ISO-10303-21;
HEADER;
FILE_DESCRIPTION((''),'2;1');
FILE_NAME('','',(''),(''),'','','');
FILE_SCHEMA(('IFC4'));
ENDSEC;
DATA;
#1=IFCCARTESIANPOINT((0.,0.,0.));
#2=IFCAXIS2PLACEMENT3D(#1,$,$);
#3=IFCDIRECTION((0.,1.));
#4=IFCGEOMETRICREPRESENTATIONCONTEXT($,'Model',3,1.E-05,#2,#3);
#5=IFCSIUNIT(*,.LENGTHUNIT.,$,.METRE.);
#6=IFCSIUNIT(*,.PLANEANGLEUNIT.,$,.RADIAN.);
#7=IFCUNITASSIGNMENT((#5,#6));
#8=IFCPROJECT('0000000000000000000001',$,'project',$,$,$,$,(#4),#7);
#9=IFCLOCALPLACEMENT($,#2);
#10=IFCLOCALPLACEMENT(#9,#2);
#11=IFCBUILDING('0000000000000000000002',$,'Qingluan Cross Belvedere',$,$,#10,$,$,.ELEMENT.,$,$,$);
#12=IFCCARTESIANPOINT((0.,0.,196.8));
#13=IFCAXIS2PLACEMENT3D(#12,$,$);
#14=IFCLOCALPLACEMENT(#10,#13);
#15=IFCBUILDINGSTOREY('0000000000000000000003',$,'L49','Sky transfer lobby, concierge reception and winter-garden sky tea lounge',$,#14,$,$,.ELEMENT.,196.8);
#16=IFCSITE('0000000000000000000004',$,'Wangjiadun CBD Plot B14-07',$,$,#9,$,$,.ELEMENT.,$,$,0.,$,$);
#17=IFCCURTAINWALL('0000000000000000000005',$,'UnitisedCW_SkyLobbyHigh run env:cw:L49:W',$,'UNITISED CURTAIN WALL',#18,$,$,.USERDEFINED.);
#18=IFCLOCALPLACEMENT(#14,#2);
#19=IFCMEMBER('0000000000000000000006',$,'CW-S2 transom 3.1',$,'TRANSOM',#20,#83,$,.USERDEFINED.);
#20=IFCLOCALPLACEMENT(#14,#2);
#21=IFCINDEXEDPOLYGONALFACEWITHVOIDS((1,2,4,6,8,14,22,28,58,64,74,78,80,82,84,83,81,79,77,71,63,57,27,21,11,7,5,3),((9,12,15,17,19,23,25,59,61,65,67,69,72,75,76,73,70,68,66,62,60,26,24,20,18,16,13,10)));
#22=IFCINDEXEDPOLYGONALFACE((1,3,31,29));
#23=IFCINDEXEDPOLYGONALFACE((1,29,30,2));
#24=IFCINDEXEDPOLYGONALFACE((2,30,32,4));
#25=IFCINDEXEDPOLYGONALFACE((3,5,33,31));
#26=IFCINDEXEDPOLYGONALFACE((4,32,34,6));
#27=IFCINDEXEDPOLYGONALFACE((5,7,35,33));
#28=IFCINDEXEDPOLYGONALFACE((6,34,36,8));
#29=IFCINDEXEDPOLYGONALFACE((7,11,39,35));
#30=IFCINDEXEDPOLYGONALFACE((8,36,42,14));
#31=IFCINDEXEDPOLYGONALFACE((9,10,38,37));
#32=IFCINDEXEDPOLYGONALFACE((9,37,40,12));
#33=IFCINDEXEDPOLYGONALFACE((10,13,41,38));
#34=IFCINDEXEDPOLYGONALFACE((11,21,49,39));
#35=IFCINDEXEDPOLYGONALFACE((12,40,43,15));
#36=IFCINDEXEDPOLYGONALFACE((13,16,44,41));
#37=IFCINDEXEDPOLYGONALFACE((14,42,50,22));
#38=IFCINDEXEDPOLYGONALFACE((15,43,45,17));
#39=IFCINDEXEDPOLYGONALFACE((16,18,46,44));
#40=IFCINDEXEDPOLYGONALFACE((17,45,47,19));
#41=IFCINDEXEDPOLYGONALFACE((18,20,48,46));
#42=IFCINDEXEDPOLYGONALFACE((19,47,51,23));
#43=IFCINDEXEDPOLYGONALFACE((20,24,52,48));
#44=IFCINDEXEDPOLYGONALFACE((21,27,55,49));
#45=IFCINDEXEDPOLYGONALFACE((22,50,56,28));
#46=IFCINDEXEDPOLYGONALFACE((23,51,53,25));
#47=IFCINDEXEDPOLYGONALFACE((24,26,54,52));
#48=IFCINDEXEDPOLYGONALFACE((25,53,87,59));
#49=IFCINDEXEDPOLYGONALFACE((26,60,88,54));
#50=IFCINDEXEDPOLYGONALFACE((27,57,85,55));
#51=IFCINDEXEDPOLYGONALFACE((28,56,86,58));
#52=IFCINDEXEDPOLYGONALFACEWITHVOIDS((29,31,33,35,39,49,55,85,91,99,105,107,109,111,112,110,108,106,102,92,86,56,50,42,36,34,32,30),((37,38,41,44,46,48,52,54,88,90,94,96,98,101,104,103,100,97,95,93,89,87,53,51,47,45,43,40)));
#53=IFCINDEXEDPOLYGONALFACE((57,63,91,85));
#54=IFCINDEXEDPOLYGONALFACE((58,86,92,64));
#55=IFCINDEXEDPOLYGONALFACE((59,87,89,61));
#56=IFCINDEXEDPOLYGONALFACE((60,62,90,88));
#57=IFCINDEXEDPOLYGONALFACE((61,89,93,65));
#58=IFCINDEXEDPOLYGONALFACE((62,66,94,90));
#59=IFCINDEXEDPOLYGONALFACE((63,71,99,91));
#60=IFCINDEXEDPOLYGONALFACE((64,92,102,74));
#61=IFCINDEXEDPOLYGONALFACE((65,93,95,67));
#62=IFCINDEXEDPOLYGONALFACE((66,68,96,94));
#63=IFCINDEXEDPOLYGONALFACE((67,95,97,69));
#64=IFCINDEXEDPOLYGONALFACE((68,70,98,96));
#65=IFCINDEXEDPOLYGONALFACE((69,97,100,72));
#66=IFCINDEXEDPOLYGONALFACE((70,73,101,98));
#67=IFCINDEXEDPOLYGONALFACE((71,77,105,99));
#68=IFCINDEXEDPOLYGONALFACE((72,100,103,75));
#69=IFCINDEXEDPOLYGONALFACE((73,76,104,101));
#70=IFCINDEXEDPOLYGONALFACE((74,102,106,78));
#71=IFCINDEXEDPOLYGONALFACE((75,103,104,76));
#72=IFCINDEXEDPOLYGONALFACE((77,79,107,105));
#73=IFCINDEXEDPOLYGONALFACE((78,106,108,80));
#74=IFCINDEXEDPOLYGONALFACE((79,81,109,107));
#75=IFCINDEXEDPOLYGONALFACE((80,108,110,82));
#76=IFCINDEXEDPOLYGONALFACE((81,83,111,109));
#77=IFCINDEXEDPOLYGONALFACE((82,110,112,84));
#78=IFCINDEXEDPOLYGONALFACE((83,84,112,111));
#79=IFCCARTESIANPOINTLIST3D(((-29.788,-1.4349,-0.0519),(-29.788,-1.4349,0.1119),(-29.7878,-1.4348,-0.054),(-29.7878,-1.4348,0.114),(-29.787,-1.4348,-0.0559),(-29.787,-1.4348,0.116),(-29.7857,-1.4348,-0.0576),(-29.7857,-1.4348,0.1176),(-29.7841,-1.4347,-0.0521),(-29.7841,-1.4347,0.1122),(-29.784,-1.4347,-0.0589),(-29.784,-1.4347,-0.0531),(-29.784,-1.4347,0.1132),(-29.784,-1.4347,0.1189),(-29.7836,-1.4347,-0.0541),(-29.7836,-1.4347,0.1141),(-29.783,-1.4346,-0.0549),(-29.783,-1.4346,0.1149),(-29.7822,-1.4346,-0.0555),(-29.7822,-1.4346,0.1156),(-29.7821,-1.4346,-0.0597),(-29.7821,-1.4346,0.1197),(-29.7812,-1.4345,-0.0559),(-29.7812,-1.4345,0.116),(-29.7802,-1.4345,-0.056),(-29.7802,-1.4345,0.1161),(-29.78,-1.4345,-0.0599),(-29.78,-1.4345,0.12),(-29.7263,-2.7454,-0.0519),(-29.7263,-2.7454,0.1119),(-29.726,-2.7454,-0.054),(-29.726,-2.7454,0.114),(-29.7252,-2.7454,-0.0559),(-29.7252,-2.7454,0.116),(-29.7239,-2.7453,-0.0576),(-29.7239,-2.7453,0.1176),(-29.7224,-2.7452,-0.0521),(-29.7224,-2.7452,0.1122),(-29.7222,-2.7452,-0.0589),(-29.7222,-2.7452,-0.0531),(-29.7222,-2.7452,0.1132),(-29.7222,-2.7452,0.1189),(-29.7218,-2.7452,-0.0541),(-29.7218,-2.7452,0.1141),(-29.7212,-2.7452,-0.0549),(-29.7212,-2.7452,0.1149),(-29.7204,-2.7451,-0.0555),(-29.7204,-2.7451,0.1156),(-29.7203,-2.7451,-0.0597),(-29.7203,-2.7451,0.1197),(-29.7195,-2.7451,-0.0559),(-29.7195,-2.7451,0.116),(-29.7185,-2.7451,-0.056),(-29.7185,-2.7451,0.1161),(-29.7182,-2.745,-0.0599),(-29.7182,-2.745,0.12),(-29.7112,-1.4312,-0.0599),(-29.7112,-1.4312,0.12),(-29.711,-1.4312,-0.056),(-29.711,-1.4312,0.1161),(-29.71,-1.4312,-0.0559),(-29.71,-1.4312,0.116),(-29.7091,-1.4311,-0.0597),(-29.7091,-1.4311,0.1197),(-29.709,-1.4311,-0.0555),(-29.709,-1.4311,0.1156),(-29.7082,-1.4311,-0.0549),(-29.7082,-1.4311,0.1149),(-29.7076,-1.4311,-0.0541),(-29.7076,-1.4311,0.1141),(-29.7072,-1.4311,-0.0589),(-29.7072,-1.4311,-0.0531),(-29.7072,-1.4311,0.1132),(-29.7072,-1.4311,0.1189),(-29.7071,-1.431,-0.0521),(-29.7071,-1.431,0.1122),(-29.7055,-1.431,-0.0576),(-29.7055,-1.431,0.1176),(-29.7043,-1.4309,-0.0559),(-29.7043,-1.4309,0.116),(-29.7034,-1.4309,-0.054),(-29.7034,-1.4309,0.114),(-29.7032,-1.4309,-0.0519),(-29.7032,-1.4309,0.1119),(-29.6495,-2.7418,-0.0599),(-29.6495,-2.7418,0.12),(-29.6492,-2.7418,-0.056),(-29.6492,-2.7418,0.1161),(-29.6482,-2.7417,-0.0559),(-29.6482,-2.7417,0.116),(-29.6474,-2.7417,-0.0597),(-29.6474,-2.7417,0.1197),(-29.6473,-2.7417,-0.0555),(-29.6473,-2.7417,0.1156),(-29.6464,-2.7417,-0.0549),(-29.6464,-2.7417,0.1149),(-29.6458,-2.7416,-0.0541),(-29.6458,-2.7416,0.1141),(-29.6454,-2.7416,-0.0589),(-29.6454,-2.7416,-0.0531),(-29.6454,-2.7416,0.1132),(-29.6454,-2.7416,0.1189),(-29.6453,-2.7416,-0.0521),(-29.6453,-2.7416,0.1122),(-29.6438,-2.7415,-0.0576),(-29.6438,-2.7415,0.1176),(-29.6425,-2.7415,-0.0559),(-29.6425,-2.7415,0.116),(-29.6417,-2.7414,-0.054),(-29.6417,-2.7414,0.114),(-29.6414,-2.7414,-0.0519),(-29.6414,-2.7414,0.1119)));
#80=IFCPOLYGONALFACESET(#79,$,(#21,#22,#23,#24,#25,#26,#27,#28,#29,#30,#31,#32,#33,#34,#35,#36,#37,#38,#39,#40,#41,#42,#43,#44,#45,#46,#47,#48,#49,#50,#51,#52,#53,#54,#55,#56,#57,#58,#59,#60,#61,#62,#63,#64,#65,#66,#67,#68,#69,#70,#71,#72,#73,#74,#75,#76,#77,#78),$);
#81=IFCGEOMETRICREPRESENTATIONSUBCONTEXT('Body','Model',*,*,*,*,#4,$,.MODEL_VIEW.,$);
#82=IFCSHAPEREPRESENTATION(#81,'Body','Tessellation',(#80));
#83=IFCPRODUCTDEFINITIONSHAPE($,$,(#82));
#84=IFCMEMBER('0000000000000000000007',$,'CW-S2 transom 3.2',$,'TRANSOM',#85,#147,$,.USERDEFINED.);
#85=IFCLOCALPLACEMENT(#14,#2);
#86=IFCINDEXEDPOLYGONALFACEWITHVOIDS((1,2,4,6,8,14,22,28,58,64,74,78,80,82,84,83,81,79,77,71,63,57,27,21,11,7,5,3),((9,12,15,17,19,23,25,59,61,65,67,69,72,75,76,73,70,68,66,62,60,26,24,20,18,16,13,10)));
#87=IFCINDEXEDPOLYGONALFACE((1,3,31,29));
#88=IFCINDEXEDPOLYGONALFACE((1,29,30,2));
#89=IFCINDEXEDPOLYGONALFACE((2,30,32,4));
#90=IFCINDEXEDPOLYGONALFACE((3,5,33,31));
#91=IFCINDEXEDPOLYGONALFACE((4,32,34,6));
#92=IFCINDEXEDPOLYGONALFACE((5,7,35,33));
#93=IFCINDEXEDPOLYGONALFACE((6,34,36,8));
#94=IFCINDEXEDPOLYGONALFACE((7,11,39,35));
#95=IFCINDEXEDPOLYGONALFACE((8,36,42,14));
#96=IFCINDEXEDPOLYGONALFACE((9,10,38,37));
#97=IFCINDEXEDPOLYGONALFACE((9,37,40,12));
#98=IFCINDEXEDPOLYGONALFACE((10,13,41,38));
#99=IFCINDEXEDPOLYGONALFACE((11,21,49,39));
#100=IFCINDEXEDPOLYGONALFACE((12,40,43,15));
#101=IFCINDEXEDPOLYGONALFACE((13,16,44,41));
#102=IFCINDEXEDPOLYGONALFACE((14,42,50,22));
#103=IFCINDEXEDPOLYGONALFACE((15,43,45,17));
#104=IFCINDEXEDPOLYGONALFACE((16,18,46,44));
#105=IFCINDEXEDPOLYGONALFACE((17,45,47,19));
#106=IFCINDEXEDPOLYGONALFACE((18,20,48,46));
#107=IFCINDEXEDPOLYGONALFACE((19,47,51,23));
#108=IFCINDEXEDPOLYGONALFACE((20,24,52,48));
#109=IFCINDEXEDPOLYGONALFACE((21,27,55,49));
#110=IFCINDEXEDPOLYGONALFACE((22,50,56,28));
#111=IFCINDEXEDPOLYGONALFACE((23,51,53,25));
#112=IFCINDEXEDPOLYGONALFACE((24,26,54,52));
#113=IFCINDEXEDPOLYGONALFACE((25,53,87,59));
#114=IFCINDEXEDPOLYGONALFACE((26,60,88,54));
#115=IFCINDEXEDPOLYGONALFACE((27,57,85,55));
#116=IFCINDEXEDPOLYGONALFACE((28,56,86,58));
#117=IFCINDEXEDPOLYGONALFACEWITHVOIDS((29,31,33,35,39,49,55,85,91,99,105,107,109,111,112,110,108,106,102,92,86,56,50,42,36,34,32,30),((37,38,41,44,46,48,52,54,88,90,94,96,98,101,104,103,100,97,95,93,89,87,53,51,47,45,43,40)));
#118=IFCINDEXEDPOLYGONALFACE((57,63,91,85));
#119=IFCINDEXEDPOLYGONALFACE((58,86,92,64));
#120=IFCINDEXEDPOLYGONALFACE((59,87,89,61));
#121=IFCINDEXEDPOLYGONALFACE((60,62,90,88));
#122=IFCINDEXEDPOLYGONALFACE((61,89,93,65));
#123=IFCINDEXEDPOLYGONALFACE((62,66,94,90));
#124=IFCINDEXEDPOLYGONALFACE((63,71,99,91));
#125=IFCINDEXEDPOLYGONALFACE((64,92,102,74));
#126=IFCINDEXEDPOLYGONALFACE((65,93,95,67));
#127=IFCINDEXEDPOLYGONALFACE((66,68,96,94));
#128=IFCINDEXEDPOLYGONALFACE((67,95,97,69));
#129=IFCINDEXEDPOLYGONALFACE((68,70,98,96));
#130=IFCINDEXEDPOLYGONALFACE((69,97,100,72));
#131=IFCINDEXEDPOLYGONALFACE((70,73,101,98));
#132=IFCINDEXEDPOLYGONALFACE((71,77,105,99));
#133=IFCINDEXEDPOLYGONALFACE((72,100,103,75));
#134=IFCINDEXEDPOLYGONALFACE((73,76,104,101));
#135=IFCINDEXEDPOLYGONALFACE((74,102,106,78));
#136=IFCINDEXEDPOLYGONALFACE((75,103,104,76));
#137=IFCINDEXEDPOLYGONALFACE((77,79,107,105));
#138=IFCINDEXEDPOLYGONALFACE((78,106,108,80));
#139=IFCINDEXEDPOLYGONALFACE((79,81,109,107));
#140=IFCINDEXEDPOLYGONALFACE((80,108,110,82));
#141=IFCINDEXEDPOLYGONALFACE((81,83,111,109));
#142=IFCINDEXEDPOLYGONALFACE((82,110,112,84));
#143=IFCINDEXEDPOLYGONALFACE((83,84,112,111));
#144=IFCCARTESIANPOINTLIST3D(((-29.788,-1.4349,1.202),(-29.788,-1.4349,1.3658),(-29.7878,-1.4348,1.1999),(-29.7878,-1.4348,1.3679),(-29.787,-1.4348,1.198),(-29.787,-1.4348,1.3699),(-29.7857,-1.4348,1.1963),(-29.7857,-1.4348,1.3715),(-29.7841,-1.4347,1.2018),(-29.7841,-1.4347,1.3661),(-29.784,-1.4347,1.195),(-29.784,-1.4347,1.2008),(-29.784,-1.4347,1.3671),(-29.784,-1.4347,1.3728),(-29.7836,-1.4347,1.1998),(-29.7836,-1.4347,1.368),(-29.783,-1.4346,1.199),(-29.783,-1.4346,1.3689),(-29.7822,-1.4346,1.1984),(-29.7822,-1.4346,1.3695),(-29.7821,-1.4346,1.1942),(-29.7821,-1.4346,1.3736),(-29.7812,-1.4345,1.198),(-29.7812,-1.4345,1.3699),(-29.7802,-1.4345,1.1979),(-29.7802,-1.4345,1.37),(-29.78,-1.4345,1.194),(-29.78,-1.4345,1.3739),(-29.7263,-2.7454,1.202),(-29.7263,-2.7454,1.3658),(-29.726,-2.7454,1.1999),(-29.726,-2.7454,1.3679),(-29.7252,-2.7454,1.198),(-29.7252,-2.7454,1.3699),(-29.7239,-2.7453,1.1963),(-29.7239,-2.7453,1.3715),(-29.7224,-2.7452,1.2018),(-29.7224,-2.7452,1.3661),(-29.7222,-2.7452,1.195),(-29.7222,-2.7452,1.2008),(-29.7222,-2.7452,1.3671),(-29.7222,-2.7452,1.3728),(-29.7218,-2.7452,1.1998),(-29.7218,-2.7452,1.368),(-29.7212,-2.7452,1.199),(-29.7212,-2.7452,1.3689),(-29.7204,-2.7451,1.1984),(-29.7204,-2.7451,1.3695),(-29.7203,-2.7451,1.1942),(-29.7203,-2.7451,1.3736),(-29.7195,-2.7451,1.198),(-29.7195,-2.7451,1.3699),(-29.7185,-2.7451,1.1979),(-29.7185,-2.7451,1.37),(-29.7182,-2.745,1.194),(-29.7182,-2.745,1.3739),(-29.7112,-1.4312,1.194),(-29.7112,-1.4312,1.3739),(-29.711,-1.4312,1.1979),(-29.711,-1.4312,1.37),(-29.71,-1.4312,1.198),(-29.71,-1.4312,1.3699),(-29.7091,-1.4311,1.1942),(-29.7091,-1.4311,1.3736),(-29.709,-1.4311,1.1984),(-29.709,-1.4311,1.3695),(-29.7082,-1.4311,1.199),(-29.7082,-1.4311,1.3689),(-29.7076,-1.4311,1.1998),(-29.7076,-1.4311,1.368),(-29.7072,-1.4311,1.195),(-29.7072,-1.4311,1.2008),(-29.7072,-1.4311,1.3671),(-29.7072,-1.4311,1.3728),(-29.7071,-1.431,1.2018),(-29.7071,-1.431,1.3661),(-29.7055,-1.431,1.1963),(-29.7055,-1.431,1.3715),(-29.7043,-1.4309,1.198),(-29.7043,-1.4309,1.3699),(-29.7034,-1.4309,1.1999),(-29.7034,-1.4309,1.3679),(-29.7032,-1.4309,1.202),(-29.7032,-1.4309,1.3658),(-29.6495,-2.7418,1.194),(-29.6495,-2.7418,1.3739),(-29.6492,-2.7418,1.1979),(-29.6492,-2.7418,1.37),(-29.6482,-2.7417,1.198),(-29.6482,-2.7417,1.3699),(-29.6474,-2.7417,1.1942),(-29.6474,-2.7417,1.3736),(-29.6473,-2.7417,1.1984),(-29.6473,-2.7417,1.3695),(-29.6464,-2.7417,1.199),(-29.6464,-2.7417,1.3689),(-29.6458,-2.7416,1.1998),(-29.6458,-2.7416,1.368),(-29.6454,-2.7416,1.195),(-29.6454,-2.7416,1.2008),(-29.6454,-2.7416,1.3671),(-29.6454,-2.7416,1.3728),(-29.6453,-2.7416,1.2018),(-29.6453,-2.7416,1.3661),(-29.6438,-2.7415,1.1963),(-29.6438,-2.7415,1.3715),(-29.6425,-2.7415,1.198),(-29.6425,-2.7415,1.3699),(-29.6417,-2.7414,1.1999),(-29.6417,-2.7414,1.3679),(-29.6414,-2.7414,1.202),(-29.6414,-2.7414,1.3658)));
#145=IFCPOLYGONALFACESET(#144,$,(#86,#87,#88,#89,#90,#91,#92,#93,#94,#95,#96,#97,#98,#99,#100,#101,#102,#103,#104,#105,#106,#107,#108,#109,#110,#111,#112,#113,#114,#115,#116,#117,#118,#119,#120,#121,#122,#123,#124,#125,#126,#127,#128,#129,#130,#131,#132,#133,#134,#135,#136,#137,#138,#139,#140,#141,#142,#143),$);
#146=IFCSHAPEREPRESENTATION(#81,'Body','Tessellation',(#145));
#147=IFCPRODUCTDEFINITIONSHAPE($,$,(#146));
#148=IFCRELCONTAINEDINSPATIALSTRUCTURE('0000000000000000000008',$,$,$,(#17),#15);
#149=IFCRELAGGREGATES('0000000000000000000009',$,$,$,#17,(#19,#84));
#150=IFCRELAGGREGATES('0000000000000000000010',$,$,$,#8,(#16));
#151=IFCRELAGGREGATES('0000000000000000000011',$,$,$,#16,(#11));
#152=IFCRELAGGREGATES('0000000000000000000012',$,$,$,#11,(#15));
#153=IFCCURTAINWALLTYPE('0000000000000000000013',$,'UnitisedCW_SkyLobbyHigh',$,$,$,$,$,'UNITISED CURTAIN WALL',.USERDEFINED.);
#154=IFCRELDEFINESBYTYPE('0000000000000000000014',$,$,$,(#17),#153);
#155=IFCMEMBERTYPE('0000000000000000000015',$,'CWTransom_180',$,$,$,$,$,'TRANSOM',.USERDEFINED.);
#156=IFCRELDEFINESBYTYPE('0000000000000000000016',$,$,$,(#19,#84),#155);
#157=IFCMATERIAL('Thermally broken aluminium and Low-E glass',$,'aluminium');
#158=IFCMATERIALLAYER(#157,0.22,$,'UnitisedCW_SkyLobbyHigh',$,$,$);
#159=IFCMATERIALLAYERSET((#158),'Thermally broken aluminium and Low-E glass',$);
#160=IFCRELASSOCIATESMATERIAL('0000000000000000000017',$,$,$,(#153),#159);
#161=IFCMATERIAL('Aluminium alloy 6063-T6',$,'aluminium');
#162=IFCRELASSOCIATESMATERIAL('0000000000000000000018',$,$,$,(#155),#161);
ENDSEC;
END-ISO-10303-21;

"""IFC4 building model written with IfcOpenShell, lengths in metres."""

from ifc_helpers import new_model, si_unit, direction, frame, origin, origin_2d, place, context, subcontext, project, spatial, hollow_rectangle, extrude, material, layer, layer_set, material_profile, profile_set, type_object, element, aggregate, save


model = new_model("IFC4")

# Units and contexts
model_context = context("Model", 3, precision=1e-05, world=origin(), true_north=direction((0.0, 1.0)))
body_context = subcontext(model_context, "Body", "Model", "MODEL_VIEW")
ifc_project = project(units=[si_unit("LENGTHUNIT", "METRE"), si_unit("PLANEANGLEUNIT", "RADIAN")], contexts=[model_context])

# Site, building, storey
site_placement = place(None, origin())
site = spatial("IfcSite", under=ifc_project, at=site_placement, Name="Wangjiadun CBD Plot B14-07", CompositionType="ELEMENT", RefElevation=0.0)
building_placement = place(site_placement, origin())
building = spatial("IfcBuilding", under=site, at=building_placement, Name="Qingluan Cross Belvedere", CompositionType="ELEMENT")
storey_placement = place(building_placement, frame((0.0, 0.0, 196.8)))
storey = spatial("IfcBuildingStorey", under=building, at=storey_placement, Name="L49", Description="Sky transfer lobby, concierge reception and winter-garden sky tea lounge", CompositionType="ELEMENT", Elevation=196.8)

# Curtain wall, members
ifc_material_1 = material(Name="Thermally broken aluminium and Low-E glass", Category="aluminium")
ifc_layer_1 = layer(ifc_material_1, 0.22, Name="UnitisedCW_SkyLobbyHigh")
ifc_layer_set_1 = layer_set([ifc_layer_1], Name="Thermally broken aluminium and Low-E glass")
curtain_wall_type = type_object("IfcCurtainWallType", Name="UnitisedCW_SkyLobbyHigh", ElementType="UNITISED CURTAIN WALL", PredefinedType="USERDEFINED", material=ifc_layer_set_1)
curtain_wall_placement = place(storey_placement, origin())
curtain_wall = element("IfcCurtainWall", 1, at=curtain_wall_placement, inside=storey, type_object=curtain_wall_type, Name="UnitisedCW_SkyLobbyHigh run env:cw:L49:W", ObjectType="UNITISED CURTAIN WALL", PredefinedType="USERDEFINED")
ifc_material_2 = material(Name="Aluminium alloy 6063-T6", Category="aluminium")
ifc_material_profile_1 = material_profile(ifc_material_2, hollow_rectangle(XDim=0.085, YDim=0.1799, WallThickness=0.0039, InnerFilletRadius=0.0039, OuterFilletRadius=0.0081, at=origin_2d()), Name="CWT180x85x4")
ifc_profile_set_1 = profile_set([ifc_material_profile_1], Name="Aluminium alloy 6063-T6")
member_type_1 = type_object("IfcMemberType", Name="CWTransom_180", ElementType="TRANSOM", PredefinedType="USERDEFINED", material=ifc_profile_set_1)
member_1_placement = place(storey_placement, frame((-29.7456, -1.4329, 0.03), z_axis=(0.047079, -0.998891, 0.0), x_axis=(0.998891, 0.047079, 0.0)))
member_1 = element("IfcMember", 2, at=member_1_placement, type_object=member_type_1, Name="CW-S2 transom 3.1", ObjectType="TRANSOM", PredefinedType="USERDEFINED", context=body_context, shape_type="SweptSolid", body=[
    extrude(hollow_rectangle(XDim=0.085, YDim=0.1799, WallThickness=0.0039, InnerFilletRadius=0.0039, OuterFilletRadius=0.0081, at=origin_2d()), origin(), (0.0, 0.0, 1.0), 1.312),
])
member_2_placement = place(storey_placement, frame((-29.7456, -1.4329, 1.2839), z_axis=(0.047079, -0.998891, 0.0), x_axis=(0.998891, 0.047079, 0.0)))
member_2 = element("IfcMember", 3, at=member_2_placement, type_object=member_type_1, Name="CW-S2 transom 3.2", ObjectType="TRANSOM", PredefinedType="USERDEFINED", context=body_context, shape_type="SweptSolid", body=[
    extrude(hollow_rectangle(XDim=0.085, YDim=0.1799, WallThickness=0.0039, InnerFilletRadius=0.0039, OuterFilletRadius=0.0081, at=origin_2d()), origin(), (0.0, 0.0, 1.0), 1.312),
])
aggregate(curtain_wall, [member_1, member_2])

save(model, "model.ifc")
